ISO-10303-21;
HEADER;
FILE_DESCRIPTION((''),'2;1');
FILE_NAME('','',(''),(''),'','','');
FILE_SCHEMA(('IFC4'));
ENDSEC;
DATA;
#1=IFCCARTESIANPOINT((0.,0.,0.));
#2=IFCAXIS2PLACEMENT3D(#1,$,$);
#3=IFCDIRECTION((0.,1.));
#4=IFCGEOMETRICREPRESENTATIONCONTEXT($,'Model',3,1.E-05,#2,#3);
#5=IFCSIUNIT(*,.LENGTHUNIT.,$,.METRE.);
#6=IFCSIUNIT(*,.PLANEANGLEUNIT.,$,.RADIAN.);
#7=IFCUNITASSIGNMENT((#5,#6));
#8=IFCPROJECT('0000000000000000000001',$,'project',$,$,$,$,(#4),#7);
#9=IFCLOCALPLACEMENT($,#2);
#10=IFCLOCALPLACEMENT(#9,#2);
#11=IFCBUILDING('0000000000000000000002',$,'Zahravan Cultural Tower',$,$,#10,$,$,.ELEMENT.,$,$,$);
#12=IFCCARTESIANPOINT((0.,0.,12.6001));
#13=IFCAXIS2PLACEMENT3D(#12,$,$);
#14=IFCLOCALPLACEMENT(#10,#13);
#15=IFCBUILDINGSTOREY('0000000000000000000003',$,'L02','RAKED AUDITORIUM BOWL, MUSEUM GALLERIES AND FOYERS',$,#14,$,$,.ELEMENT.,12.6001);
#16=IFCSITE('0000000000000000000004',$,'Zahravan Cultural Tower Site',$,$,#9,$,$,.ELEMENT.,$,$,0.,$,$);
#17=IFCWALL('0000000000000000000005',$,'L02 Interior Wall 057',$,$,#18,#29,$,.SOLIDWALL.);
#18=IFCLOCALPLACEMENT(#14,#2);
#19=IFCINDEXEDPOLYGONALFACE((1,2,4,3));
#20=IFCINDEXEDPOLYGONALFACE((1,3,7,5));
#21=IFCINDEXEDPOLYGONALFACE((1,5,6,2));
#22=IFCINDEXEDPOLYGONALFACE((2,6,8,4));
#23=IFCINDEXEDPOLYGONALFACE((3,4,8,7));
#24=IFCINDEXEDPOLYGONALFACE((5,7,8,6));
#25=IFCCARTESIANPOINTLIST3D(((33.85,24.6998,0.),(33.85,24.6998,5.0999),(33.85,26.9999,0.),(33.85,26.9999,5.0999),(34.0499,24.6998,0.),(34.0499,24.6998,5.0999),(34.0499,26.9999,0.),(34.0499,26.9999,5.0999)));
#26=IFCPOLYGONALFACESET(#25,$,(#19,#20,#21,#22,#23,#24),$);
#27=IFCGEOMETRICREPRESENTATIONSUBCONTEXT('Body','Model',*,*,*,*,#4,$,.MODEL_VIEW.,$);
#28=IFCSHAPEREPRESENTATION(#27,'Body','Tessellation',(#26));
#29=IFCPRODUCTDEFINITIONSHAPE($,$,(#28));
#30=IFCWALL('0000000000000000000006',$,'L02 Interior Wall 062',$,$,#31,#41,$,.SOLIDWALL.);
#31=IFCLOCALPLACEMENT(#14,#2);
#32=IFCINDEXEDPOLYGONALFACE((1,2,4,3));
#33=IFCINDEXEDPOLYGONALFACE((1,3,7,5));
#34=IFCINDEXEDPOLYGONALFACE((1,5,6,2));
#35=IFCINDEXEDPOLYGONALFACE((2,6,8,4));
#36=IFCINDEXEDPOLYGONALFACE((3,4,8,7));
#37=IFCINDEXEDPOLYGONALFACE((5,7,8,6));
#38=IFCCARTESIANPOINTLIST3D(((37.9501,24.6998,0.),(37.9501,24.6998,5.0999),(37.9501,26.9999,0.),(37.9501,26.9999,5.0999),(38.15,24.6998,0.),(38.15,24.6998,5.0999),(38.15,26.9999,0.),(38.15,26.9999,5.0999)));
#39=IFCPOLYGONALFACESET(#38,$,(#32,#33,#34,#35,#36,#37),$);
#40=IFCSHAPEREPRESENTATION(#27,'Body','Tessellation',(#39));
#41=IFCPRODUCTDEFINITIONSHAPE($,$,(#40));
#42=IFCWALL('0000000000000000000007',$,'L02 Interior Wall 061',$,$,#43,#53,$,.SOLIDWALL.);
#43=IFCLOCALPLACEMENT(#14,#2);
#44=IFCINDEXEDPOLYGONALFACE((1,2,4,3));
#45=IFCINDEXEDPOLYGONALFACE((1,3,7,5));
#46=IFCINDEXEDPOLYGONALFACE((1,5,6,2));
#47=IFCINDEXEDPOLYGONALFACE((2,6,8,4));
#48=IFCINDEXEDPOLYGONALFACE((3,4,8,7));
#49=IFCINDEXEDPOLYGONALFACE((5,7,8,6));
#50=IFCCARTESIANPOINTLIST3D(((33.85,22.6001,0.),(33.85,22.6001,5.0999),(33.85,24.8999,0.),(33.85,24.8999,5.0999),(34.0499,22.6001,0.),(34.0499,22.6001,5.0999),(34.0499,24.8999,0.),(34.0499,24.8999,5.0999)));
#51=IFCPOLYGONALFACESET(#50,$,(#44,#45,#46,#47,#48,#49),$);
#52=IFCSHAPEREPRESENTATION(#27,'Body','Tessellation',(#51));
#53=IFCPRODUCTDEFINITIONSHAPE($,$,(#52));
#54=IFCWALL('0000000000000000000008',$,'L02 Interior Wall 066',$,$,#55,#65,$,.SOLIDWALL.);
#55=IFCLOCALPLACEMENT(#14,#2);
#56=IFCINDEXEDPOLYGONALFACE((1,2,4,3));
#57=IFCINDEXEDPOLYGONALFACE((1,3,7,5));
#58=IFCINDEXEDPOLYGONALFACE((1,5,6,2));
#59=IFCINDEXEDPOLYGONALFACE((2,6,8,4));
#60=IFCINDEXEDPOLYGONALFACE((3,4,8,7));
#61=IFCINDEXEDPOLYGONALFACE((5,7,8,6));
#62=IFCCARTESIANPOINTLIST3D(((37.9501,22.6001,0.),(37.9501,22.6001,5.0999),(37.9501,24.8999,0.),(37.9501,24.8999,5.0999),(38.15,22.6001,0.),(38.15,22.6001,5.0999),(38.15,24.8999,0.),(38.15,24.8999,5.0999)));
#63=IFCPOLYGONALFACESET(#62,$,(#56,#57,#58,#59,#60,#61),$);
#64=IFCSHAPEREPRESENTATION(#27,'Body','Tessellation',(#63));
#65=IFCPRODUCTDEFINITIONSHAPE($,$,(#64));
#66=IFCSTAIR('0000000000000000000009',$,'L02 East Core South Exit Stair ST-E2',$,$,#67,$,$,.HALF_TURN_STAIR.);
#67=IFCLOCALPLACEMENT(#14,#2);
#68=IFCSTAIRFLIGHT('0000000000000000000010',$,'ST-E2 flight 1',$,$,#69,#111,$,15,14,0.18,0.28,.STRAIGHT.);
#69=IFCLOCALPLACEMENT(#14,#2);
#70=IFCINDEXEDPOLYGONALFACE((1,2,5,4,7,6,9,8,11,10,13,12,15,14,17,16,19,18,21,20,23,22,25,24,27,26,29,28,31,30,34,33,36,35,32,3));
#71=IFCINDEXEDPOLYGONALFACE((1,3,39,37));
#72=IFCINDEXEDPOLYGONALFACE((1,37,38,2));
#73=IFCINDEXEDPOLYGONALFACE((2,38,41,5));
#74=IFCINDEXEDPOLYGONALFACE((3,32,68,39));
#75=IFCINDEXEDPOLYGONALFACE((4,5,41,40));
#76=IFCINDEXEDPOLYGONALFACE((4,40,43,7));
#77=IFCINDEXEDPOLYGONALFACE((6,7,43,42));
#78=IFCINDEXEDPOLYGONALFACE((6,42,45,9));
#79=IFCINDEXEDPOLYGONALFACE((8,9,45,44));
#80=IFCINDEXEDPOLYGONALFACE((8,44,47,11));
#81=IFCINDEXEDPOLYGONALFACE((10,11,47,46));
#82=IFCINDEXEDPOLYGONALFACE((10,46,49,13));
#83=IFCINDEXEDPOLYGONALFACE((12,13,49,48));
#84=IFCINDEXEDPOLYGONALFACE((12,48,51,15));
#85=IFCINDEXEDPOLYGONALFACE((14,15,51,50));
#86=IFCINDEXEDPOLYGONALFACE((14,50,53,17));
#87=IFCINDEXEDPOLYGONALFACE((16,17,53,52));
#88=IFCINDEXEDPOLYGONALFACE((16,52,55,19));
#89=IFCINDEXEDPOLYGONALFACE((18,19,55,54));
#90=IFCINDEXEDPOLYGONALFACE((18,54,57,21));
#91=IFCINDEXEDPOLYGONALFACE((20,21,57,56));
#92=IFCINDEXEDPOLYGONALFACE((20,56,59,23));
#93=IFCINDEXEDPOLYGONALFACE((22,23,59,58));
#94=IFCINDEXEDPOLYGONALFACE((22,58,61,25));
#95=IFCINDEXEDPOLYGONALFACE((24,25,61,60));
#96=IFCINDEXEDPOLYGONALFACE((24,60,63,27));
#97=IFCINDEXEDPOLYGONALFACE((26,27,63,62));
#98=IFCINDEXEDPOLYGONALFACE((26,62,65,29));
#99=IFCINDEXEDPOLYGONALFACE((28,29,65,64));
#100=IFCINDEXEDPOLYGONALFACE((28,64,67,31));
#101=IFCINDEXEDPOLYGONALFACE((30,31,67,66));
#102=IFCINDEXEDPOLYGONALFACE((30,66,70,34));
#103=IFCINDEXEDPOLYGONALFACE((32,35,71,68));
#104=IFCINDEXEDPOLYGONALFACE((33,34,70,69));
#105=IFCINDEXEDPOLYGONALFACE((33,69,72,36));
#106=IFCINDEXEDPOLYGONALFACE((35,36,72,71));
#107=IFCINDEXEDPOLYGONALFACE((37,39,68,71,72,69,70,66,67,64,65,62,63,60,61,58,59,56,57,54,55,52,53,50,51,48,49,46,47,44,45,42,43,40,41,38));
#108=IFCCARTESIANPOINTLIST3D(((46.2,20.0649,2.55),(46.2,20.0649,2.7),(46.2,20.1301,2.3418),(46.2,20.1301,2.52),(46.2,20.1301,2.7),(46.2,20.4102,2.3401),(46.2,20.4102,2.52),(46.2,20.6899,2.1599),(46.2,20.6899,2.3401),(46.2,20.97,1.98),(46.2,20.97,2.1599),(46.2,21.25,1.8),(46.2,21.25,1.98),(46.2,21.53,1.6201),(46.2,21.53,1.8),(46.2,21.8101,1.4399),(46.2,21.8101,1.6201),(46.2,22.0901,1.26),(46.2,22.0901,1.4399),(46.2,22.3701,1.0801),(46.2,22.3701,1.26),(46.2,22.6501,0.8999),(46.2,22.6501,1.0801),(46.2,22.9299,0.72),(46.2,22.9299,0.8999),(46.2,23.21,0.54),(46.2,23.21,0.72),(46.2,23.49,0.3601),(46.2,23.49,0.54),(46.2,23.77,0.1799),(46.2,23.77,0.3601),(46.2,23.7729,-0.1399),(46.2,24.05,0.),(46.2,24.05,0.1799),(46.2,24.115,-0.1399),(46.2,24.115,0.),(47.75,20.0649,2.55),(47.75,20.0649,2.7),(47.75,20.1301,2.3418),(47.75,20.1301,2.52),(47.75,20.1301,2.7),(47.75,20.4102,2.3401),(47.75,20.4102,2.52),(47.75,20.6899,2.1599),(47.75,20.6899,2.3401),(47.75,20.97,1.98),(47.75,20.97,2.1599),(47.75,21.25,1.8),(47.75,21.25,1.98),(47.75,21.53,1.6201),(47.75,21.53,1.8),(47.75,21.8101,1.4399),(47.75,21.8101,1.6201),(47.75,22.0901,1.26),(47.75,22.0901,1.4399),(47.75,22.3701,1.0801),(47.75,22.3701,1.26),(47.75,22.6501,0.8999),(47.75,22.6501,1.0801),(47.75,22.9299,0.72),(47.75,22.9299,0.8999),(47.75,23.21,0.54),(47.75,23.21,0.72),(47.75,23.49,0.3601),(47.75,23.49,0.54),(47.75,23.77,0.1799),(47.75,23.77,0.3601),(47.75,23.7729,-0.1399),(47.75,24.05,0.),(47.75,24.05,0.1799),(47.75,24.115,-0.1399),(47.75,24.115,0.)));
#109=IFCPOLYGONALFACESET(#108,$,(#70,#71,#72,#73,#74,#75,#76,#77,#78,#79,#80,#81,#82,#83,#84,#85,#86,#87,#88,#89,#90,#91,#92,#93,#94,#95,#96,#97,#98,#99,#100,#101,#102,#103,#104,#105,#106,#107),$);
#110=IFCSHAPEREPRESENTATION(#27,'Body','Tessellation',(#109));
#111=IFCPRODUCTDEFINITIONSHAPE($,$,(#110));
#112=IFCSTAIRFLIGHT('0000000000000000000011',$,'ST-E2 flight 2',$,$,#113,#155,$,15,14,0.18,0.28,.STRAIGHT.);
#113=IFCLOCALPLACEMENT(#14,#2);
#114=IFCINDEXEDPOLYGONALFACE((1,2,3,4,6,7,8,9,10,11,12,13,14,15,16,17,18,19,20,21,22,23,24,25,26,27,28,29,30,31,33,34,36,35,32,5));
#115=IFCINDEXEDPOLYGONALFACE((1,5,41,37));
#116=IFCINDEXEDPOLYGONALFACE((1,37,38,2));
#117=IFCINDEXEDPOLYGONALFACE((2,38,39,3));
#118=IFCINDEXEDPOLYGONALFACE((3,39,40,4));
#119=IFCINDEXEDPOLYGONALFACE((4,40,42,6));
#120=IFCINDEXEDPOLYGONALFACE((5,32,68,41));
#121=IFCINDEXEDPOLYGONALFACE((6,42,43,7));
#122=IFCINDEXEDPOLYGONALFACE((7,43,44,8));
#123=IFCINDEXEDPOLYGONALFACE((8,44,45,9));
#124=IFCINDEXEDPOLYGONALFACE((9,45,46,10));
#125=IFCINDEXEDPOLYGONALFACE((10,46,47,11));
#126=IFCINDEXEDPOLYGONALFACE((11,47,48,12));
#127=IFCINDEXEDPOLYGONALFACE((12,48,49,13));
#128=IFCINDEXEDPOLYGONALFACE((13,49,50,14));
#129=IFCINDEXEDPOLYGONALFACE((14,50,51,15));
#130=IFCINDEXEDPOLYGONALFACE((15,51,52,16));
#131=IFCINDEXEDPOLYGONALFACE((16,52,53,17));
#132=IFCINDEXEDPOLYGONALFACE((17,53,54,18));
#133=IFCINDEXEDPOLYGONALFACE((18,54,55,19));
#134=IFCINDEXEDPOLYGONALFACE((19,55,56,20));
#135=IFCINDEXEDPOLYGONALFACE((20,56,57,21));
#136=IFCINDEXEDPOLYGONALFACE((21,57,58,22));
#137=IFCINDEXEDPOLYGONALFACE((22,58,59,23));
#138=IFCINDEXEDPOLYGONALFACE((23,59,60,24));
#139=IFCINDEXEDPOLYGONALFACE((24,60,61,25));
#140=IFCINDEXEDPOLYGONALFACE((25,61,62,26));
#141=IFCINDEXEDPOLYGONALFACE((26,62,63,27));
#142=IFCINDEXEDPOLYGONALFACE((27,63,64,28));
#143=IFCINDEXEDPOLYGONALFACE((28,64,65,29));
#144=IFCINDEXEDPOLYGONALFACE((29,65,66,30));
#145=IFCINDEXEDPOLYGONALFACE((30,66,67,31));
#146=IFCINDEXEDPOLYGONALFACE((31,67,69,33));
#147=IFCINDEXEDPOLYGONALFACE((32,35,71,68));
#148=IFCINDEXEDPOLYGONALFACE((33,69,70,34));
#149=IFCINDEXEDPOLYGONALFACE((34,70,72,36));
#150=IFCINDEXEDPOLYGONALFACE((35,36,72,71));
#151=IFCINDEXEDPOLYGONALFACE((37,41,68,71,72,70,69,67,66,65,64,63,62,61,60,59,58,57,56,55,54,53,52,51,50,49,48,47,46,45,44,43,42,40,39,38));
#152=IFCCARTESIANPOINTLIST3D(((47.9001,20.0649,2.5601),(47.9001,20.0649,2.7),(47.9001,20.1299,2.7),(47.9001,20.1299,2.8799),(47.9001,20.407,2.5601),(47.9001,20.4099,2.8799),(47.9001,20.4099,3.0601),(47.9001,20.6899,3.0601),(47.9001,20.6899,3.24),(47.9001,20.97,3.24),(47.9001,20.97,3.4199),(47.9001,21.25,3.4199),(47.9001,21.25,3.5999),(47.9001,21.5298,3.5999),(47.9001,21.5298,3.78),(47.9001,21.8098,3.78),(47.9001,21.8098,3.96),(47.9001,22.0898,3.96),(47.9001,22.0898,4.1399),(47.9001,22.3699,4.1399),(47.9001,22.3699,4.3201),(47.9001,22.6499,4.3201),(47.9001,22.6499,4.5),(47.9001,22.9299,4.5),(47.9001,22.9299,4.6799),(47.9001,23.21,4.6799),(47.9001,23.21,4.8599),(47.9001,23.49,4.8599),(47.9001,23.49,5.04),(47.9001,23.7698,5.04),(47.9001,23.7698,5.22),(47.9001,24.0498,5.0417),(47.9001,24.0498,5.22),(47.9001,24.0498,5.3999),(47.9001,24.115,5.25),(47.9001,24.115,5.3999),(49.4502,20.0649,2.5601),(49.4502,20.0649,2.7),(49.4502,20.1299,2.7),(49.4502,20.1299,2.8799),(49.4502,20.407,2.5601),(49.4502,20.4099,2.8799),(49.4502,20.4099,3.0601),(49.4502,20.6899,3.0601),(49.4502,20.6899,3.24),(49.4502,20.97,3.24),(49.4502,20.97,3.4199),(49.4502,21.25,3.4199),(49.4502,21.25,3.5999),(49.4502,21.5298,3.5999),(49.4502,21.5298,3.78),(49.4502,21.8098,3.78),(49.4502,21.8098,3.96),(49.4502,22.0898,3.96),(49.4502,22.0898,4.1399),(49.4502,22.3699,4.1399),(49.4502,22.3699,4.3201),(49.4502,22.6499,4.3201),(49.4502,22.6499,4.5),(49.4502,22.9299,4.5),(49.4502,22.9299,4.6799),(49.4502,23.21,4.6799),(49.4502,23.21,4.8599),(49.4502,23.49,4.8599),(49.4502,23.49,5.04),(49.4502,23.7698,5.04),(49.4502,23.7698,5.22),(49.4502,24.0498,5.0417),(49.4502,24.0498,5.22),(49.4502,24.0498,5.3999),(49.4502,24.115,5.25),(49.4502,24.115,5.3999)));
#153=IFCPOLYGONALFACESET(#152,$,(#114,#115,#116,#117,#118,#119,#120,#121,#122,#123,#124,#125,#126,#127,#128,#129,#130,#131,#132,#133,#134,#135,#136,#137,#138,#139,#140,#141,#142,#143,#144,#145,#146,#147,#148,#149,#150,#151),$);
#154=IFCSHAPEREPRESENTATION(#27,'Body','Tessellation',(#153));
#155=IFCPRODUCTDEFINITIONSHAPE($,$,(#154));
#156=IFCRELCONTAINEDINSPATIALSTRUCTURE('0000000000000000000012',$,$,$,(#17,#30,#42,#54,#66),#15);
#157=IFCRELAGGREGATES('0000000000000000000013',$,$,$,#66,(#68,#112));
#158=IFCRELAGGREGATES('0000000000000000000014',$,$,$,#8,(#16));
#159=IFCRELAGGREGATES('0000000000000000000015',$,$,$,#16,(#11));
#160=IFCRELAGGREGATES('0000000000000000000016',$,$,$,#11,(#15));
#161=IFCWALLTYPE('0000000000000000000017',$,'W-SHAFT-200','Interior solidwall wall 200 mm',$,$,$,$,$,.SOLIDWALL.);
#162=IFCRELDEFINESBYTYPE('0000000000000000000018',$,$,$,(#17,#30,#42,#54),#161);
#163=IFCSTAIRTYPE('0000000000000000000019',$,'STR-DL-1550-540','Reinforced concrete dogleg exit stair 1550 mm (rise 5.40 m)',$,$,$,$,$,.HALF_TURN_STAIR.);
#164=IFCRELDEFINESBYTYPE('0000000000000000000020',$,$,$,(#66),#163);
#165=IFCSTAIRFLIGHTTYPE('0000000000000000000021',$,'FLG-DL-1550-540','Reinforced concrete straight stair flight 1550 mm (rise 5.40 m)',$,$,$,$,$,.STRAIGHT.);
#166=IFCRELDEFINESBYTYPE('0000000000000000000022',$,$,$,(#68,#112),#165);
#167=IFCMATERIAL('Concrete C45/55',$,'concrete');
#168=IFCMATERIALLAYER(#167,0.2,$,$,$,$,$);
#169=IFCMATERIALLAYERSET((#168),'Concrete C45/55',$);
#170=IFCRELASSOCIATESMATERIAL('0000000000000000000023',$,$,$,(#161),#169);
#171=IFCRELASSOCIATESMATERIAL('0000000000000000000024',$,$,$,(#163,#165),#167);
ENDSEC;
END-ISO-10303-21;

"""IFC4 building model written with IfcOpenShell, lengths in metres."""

from ifc_helpers import new_model, si_unit, direction, frame, frame_2d, origin, place, context, subcontext, project, spatial, polyline, rectangle, outline, extrude, source, transform, mapped, material, layer, layer_set, type_object, element, aggregate, save


model = new_model("IFC4")

# Units and contexts
model_context = context("Model", 3, precision=1e-05, world=origin(), true_north=direction((0.0, 1.0)))
body_context = subcontext(model_context, "Body", "Model", "MODEL_VIEW")
ifc_project = project(units=[si_unit("LENGTHUNIT", "METRE"), si_unit("PLANEANGLEUNIT", "RADIAN")], contexts=[model_context])

# Site, building, storey
site_placement = place(None, origin())
site = spatial("IfcSite", under=ifc_project, at=site_placement, Name="Zahravan Cultural Tower Site", CompositionType="ELEMENT", RefElevation=0.0)
building_placement = place(site_placement, origin())
building = spatial("IfcBuilding", under=site, at=building_placement, Name="Zahravan Cultural Tower", CompositionType="ELEMENT")
storey_placement = place(building_placement, frame((0.0, 0.0, 12.6001)))
storey = spatial("IfcBuildingStorey", under=building, at=storey_placement, Name="L02", Description="RAKED AUDITORIUM BOWL, MUSEUM GALLERIES AND FOYERS", CompositionType="ELEMENT", Elevation=12.6001)

# Shared definitions
ifc_material_1 = material(Name="Concrete C45/55", Category="concrete")
ifc_layer_1 = layer(ifc_material_1, 0.2)
ifc_layer_set_1 = layer_set([ifc_layer_1], Name="Concrete C45/55")
wall_type_1 = type_object("IfcWallType", Name="W-SHAFT-200", Description="Interior solidwall wall 200 mm", PredefinedType="SOLIDWALL", material=ifc_layer_set_1)

# Walls
shared_shape_1 = source(origin(), body_context, "Body", "SweptSolid", [
    extrude(rectangle(XDim=2.3, YDim=0.2, at=frame_2d((1.1499, 0.0))), origin(), (0.0, 0.0, 1.0), 5.0999),
])
for number, where, z_axis, x_axis, name in (
    (1, (33.95, 24.7, 0.0), (0.0, 0.0, 1.0), (0.0, 1.0, 0.0), "L02 Interior Wall 057"),
    (2, (38.05, 24.7, 0.0), (0.0, 0.0, 1.0), (0.0, 1.0, 0.0), "L02 Interior Wall 062"),
):
    element("IfcWall", number, at=place(storey_placement, frame(where, z_axis=z_axis, x_axis=x_axis)), inside=storey, type_object=wall_type_1, Name=name, PredefinedType="SOLIDWALL", context=body_context, shape_type="MappedRepresentation", body=[
        mapped(shared_shape_1, transform((0.0, 0.0, 0.0), x_axis=(1.0, 0.0, 0.0), y_axis=(0.0, 1.0, 0.0), z_axis=(0.0, 0.0, 1.0), scale=1.0)),
    ])
shared_shape_2 = source(origin(), body_context, "Body", "SweptSolid", [
    extrude(rectangle(XDim=2.2998, YDim=0.2, at=frame_2d((1.1499, 0.0))), origin(), (0.0, 0.0, 1.0), 5.0999),
])
for number, where, z_axis, x_axis, name in (
    (3, (33.95, 22.6001, 0.0), (0.0, 0.0, 1.0), (0.0, 1.0, 0.0), "L02 Interior Wall 061"),
    (4, (38.05, 22.6001, 0.0), (0.0, 0.0, 1.0), (0.0, 1.0, 0.0), "L02 Interior Wall 066"),
):
    element("IfcWall", number, at=place(storey_placement, frame(where, z_axis=z_axis, x_axis=x_axis)), inside=storey, type_object=wall_type_1, Name=name, PredefinedType="SOLIDWALL", context=body_context, shape_type="MappedRepresentation", body=[
        mapped(shared_shape_2, transform((0.0, 0.0, 0.0), x_axis=(1.0, 0.0, 0.0), y_axis=(0.0, 1.0, 0.0), z_axis=(0.0, 0.0, 1.0), scale=1.0)),
    ])

# Stair, stair flights
stair_type = type_object("IfcStairType", Name="STR-DL-1550-540", Description="Reinforced concrete dogleg exit stair 1550 mm (rise 5.40 m)", PredefinedType="HALF_TURN_STAIR", material=ifc_material_1)
stair_placement = place(storey_placement, origin())
stair = element("IfcStair", 5, at=stair_placement, inside=storey, type_object=stair_type, Name="L02 East Core South Exit Stair ST-E2", PredefinedType="HALF_TURN_STAIR")
stair_flight_type = type_object("IfcStairFlightType", Name="FLG-DL-1550-540", Description="Reinforced concrete straight stair flight 1550 mm (rise 5.40 m)", PredefinedType="STRAIGHT", material=ifc_material_1)
stair_flight_1_placement = place(storey_placement, frame((46.9751, 24.05, 0.0), z_axis=(0.0, 0.0, 1.0), x_axis=(0.0, -1.0, 0.0)))
stair_flight_1 = element("IfcStairFlight", 6, at=stair_flight_1_placement, type_object=stair_flight_type, Name="ST-E2 flight 1", NumberOfRisers=15, NumberOfTreads=14, PredefinedType="STRAIGHT", RiserHeight=0.18, TreadLength=0.28, context=body_context, shape_type="SweptSolid", body=[
    extrude(outline(polyline([(-0.0649, -0.1399), (-0.0649, 0.0), (0.0, 0.0), (0.0, 0.1799), (0.28, 0.1799), (0.28, 0.3601), (0.5601, 0.3601), (0.5601, 0.54), (0.8401, 0.54), (0.8401, 0.72), (1.1201, 0.72), (1.1201, 0.8999), (1.3999, 0.8999), (1.3999, 1.0801), (1.6799, 1.0801), (1.6799, 1.26), (1.96, 1.26), (1.96, 1.4399), (2.24, 1.4399), (2.24, 1.6201), (2.52, 1.6201), (2.52, 1.8), (2.8, 1.8), (2.8, 1.98), (3.0801, 1.98), (3.0801, 2.1599), (3.3601, 2.1599), (3.3601, 2.3401), (3.6399, 2.3401), (3.6399, 2.52), (3.9199, 2.52), (3.9199, 2.7), (3.9851, 2.7), (3.9851, 2.55), (3.9199, 2.3418), (0.2771, -0.1399), (-0.0649, -0.1399)])), frame((0.0, 0.7749, 0.0), z_axis=(0.0, -1.0, 0.0), x_axis=(1.0, 0.0, 0.0)), (0.0, 0.0, 1.0), 1.55),
])
stair_flight_2_placement = place(storey_placement, frame((48.675, 20.1299, 2.7), z_axis=(0.0, 0.0, 1.0), x_axis=(0.0, 1.0, 0.0)))
stair_flight_2 = element("IfcStairFlight", 7, at=stair_flight_2_placement, type_object=stair_flight_type, Name="ST-E2 flight 2", NumberOfRisers=15, NumberOfTreads=14, PredefinedType="STRAIGHT", RiserHeight=0.18, TreadLength=0.28, context=body_context, shape_type="SweptSolid", body=[
    extrude(outline(polyline([(-0.0649, -0.1399), (-0.0649, 0.0), (0.0, 0.0), (0.0, 0.1799), (0.28, 0.1799), (0.28, 0.3601), (0.5601, 0.3601), (0.5601, 0.54), (0.8401, 0.54), (0.8401, 0.72), (1.1201, 0.72), (1.1201, 0.8999), (1.3999, 0.8999), (1.3999, 1.0801), (1.6799, 1.0801), (1.6799, 1.26), (1.96, 1.26), (1.96, 1.4399), (2.24, 1.4399), (2.24, 1.6201), (2.52, 1.6201), (2.52, 1.8), (2.8, 1.8), (2.8, 1.98), (3.0801, 1.98), (3.0801, 2.1599), (3.3601, 2.1599), (3.3601, 2.3401), (3.6399, 2.3401), (3.6399, 2.52), (3.9199, 2.52), (3.9199, 2.7), (3.9851, 2.7), (3.9851, 2.55), (3.9199, 2.3418), (0.2771, -0.1399), (-0.0649, -0.1399)])), frame((0.0, 0.7749, 0.0), z_axis=(0.0, -1.0, 0.0), x_axis=(1.0, 0.0, 0.0)), (0.0, 0.0, 1.0), 1.55),
])
aggregate(stair, [stair_flight_1, stair_flight_2])

save(model, "model.ifc")
